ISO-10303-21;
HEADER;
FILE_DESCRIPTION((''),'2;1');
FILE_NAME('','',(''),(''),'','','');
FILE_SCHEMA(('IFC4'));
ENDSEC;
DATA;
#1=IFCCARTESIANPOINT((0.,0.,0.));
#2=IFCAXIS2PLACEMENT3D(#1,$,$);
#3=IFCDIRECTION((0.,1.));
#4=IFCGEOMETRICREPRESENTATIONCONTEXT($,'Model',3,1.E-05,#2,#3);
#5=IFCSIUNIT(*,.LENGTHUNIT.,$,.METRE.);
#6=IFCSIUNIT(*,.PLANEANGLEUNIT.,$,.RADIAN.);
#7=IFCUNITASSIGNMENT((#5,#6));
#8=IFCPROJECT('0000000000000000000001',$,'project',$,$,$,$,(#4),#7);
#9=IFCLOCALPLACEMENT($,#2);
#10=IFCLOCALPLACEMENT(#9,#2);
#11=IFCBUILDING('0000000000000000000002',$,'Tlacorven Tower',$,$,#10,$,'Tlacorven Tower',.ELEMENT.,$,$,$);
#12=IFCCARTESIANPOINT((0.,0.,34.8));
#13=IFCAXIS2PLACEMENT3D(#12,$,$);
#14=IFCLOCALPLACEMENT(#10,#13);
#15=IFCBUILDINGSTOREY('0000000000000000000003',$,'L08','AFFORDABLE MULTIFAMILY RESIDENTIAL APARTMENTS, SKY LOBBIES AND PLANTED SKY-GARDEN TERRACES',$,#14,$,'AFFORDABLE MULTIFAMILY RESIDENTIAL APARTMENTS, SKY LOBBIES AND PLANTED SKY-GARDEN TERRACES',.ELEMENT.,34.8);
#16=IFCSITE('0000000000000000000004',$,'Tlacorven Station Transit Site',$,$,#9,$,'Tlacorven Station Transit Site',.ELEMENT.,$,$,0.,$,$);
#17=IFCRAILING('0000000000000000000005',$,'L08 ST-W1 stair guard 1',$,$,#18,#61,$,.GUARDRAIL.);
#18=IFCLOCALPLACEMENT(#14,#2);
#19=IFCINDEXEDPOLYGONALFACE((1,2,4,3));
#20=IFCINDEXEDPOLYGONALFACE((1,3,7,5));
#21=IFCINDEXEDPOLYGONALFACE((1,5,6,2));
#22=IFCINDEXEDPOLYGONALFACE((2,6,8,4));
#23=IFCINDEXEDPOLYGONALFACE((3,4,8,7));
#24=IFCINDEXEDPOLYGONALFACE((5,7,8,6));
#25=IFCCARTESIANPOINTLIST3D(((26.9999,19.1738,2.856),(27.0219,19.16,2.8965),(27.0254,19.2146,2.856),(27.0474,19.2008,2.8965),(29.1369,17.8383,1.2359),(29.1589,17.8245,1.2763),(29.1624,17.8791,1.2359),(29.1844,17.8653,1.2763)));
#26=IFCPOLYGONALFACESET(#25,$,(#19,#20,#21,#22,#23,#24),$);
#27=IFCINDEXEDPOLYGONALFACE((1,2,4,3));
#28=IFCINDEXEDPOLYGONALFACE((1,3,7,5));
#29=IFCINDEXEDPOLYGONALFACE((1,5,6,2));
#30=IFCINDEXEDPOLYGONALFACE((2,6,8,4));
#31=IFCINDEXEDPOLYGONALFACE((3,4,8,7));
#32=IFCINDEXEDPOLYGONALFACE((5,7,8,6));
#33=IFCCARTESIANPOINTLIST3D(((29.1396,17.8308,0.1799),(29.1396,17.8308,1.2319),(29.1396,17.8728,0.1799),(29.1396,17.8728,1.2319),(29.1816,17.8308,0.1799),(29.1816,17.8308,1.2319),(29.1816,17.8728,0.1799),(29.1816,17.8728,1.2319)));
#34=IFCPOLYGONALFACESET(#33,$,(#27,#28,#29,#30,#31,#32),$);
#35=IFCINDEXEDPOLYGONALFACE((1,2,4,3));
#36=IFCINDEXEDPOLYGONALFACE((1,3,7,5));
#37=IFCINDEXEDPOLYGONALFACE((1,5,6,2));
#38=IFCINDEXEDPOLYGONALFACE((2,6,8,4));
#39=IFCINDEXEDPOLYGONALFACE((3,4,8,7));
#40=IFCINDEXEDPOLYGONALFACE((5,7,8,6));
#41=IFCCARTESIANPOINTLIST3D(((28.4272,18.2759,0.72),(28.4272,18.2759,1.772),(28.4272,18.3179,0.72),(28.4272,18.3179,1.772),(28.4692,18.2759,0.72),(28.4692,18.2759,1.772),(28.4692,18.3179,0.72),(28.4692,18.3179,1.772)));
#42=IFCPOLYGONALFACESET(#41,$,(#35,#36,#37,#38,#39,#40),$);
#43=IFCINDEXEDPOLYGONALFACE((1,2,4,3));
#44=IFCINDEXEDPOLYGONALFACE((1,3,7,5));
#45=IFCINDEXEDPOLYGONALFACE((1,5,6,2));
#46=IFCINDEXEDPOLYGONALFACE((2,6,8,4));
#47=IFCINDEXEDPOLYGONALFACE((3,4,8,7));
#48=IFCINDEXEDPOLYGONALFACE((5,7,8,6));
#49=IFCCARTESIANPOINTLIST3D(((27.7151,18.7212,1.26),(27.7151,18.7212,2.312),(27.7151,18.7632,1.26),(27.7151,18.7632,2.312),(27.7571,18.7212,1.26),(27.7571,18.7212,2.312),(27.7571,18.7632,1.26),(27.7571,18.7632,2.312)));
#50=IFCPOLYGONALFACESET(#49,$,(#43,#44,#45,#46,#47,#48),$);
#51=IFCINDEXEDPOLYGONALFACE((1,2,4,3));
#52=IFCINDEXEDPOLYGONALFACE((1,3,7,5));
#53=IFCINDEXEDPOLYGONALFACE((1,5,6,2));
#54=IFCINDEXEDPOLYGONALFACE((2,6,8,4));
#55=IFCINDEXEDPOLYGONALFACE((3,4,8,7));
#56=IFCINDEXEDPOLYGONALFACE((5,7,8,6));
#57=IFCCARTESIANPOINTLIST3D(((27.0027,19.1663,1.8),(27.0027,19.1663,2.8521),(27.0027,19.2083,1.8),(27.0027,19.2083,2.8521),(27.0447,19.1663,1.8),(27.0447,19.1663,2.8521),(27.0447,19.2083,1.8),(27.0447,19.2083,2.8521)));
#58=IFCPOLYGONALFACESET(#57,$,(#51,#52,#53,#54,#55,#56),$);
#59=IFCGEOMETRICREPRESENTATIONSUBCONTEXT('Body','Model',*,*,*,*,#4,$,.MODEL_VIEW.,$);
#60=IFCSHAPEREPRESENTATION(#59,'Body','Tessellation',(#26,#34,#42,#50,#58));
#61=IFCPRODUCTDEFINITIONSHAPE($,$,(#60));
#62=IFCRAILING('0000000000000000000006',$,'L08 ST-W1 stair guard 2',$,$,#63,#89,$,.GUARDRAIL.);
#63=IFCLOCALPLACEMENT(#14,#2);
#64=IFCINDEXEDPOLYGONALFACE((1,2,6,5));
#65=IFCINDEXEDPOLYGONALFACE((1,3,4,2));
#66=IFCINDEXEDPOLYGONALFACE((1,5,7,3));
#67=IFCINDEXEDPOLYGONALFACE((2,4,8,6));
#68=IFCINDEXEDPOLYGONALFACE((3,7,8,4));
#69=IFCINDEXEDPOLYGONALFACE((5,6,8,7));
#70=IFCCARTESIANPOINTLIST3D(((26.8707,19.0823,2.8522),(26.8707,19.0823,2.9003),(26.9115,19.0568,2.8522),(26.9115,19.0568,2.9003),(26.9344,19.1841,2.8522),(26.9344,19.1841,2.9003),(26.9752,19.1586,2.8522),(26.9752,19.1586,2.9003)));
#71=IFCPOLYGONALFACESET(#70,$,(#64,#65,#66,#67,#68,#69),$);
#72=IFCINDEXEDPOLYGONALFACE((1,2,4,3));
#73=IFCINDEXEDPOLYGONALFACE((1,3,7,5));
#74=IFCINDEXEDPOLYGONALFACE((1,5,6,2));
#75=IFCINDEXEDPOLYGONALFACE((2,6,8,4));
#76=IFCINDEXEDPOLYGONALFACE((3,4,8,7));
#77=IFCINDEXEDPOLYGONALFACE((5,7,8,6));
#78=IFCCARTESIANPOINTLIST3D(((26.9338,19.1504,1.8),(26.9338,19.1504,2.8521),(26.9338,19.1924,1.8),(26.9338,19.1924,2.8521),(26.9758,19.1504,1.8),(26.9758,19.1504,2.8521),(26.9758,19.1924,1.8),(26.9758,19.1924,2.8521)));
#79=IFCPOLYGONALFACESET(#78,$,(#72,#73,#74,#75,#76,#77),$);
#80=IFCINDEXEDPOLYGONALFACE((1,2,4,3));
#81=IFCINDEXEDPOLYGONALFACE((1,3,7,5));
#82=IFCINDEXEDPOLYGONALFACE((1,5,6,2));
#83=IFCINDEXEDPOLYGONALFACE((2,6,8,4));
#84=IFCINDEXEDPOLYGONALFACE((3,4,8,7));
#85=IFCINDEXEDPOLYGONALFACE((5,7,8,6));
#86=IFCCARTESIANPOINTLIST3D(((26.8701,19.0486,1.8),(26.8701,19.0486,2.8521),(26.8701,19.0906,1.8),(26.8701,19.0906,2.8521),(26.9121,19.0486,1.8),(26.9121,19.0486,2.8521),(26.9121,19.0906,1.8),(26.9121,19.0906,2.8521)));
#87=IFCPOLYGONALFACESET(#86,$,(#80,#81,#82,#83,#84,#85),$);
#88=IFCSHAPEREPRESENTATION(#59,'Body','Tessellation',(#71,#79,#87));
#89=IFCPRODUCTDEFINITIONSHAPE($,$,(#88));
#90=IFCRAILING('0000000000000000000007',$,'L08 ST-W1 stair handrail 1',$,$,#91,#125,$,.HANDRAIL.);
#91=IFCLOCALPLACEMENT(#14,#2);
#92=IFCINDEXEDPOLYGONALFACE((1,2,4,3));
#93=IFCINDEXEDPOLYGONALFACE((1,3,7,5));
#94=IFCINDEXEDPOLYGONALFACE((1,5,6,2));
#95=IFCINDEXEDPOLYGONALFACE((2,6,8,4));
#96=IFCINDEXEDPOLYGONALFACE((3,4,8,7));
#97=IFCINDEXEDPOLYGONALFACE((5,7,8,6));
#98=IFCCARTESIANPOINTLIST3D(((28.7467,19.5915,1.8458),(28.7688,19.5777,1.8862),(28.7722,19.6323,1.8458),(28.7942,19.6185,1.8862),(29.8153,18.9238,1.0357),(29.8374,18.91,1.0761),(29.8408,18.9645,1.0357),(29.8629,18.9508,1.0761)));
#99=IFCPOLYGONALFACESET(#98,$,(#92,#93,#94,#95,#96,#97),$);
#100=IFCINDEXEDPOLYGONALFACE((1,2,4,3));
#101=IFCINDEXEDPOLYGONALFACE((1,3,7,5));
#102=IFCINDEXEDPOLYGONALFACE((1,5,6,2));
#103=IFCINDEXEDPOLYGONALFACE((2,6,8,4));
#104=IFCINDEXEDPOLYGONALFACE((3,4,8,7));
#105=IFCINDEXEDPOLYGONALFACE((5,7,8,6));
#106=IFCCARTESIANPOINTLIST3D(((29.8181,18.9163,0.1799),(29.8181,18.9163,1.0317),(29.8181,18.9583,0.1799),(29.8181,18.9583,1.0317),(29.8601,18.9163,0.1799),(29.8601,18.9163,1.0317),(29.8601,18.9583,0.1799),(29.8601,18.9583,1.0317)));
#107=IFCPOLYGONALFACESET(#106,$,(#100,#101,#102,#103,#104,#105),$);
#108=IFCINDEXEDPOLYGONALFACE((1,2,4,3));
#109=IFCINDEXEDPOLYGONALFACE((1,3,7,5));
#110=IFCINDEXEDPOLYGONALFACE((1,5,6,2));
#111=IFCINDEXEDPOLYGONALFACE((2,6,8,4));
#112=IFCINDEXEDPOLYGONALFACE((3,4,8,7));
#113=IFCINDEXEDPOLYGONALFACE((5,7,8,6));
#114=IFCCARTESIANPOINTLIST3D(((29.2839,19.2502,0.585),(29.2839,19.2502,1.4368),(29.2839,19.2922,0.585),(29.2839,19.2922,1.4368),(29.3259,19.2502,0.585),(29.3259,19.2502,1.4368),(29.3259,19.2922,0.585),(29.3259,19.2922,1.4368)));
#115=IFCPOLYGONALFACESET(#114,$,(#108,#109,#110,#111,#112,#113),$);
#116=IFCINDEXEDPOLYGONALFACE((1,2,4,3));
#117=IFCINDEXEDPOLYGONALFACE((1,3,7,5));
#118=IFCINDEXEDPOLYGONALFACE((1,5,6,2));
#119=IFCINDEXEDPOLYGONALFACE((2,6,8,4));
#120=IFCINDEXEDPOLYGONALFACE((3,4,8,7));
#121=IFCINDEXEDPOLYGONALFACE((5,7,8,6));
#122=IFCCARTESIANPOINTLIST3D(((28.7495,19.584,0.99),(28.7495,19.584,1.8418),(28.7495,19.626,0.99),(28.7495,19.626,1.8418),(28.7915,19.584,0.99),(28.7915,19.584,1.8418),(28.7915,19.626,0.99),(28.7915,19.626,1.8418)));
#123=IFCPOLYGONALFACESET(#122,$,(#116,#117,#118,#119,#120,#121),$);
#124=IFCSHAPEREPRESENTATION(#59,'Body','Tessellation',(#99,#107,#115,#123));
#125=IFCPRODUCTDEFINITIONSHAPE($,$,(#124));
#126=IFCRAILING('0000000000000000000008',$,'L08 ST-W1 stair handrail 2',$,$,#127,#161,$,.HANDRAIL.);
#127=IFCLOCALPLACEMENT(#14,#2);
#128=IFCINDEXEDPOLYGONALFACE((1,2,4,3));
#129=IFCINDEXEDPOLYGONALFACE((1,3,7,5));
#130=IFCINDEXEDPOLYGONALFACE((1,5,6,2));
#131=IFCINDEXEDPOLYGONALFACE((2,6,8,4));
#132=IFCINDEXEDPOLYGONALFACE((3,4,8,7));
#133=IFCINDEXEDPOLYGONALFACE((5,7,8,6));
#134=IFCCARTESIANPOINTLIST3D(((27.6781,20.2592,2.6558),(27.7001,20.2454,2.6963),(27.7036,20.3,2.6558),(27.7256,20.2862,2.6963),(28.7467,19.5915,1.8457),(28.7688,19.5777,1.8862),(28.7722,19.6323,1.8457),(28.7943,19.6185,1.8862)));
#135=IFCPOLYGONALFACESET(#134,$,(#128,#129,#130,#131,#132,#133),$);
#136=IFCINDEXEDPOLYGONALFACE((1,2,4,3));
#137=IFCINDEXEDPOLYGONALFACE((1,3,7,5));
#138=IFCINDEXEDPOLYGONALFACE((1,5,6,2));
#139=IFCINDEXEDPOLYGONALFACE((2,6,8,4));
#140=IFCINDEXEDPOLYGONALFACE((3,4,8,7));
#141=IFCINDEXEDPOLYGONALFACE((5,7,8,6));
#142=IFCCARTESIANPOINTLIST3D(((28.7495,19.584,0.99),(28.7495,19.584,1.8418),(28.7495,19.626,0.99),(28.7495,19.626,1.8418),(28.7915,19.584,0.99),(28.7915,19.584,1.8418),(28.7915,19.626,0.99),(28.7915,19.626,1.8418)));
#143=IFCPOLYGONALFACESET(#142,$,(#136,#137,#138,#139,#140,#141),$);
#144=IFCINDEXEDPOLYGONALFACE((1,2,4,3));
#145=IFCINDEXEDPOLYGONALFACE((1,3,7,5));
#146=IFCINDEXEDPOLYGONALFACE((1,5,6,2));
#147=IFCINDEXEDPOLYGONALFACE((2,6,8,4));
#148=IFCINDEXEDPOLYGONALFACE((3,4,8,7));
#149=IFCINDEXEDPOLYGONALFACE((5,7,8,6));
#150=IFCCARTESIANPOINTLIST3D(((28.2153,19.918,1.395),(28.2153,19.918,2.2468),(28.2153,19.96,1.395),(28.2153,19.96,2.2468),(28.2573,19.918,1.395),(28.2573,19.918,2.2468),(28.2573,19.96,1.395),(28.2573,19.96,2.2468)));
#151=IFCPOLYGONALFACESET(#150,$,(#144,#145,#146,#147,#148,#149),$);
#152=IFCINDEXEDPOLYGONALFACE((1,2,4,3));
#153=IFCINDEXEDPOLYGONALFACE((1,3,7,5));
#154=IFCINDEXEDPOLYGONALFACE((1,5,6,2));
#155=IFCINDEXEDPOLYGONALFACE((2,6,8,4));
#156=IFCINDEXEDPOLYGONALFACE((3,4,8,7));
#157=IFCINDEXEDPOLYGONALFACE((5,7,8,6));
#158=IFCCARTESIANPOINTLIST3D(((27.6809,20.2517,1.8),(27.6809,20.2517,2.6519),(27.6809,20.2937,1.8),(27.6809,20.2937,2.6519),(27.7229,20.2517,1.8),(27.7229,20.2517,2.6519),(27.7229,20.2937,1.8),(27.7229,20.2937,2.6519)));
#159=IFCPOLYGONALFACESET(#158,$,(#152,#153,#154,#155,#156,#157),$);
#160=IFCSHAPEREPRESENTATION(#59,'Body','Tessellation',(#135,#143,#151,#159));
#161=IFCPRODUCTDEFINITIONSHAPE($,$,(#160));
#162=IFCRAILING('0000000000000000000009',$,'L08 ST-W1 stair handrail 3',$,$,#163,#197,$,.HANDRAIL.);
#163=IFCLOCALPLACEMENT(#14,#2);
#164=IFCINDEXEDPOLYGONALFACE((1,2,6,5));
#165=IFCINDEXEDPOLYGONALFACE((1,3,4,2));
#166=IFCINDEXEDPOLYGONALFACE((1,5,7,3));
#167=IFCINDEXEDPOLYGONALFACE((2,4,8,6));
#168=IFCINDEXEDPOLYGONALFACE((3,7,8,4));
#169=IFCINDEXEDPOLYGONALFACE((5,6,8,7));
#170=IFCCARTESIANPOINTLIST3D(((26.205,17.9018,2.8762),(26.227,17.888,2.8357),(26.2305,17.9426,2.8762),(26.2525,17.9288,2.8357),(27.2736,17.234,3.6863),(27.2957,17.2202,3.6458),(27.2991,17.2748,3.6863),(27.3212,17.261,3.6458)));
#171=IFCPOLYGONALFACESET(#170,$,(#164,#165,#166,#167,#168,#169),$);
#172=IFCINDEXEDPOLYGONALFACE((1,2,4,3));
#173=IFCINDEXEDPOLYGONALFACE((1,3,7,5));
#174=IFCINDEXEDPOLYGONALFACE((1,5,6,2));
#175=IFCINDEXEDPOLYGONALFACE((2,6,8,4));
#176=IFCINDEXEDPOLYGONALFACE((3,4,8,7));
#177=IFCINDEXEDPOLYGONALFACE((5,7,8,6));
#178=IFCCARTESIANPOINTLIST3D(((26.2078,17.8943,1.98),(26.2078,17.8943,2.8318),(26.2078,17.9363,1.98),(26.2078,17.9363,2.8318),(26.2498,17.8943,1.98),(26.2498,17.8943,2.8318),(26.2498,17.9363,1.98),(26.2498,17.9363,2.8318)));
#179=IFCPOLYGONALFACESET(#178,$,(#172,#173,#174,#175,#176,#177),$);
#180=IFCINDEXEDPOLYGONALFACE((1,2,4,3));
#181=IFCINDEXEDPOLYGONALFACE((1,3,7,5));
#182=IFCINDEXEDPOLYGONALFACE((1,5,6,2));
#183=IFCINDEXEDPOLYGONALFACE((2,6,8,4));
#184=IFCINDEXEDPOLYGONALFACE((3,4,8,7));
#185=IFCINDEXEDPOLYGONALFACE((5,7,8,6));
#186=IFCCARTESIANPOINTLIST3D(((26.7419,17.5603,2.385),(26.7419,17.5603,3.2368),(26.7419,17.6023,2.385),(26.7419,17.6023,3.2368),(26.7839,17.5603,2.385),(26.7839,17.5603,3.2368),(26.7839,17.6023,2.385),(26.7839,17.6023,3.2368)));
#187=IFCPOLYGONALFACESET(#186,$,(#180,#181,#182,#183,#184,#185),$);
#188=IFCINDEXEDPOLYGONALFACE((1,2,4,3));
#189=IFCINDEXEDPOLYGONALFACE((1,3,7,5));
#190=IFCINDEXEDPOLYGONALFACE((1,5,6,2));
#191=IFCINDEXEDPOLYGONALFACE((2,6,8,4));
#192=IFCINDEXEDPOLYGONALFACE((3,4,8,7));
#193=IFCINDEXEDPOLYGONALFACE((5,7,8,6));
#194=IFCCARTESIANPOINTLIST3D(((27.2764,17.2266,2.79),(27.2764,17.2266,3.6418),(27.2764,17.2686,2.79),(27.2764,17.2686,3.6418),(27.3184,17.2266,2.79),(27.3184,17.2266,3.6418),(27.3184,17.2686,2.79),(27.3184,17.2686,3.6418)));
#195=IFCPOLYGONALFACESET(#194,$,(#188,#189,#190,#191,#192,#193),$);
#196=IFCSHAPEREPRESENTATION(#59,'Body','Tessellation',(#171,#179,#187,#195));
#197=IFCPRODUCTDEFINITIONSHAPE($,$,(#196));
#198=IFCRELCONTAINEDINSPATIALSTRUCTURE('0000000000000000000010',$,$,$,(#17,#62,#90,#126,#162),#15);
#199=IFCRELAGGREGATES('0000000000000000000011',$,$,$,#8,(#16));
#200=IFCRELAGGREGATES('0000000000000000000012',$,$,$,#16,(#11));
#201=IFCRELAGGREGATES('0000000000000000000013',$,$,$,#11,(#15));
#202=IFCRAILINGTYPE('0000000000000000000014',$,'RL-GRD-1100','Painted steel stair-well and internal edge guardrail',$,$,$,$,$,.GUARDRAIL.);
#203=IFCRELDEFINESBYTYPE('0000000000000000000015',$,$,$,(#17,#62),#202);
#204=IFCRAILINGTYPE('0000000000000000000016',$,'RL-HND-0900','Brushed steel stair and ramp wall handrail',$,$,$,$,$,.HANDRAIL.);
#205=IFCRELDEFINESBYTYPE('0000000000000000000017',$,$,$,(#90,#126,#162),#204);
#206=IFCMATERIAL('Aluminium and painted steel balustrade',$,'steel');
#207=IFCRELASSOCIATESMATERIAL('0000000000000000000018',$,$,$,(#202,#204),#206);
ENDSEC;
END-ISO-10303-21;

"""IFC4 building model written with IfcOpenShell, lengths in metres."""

from ifc_helpers import new_model, si_unit, direction, frame, origin, origin_2d, place, context, subcontext, project, spatial, rectangle, extrude, source, transform, mapped, material, type_object, element, save


model = new_model("IFC4")

# Units and contexts
model_context = context("Model", 3, precision=1e-05, world=origin(), true_north=direction((0.0, 1.0)))
body_context = subcontext(model_context, "Body", "Model", "MODEL_VIEW")
ifc_project = project(units=[si_unit("LENGTHUNIT", "METRE"), si_unit("PLANEANGLEUNIT", "RADIAN")], contexts=[model_context])

# Site, building, storey
site_placement = place(None, origin())
site = spatial("IfcSite", under=ifc_project, at=site_placement, Name="Tlacorven Station Transit Site", LongName="Tlacorven Station Transit Site", CompositionType="ELEMENT", RefElevation=0.0)
building_placement = place(site_placement, origin())
building = spatial("IfcBuilding", under=site, at=building_placement, Name="Tlacorven Tower", LongName="Tlacorven Tower", CompositionType="ELEMENT")
storey_placement = place(building_placement, frame((0.0, 0.0, 34.8)))
storey = spatial("IfcBuildingStorey", under=building, at=storey_placement, Name="L08", Description="AFFORDABLE MULTIFAMILY RESIDENTIAL APARTMENTS, SKY LOBBIES AND PLANTED SKY-GARDEN TERRACES", LongName="AFFORDABLE MULTIFAMILY RESIDENTIAL APARTMENTS, SKY LOBBIES AND PLANTED SKY-GARDEN TERRACES", CompositionType="ELEMENT", Elevation=34.8)

# Railings
ifc_material_1 = material(Name="Aluminium and painted steel balustrade", Category="steel")
railing_type_1 = type_object("IfcRailingType", Name="RL-GRD-1100", Description="Painted steel stair-well and internal edge guardrail", PredefinedType="GUARDRAIL", material=ifc_material_1)
shared_shape_1 = source(origin(), body_context, "Body", "SweptSolid", [
    extrude(rectangle(XDim=0.0481, YDim=0.0481, at=origin_2d()), frame((0.0, 0.0, 1.0762), z_axis=(-0.71332, 0.445774, 0.540796), x_axis=(-0.529955, -0.848026, 0.0)), (0.0, 0.0, 1.0), 2.9958),
    extrude(rectangle(XDim=0.042, YDim=0.042, at=origin_2d()), origin(), (0.0, 0.0, 1.0), 1.052),
    extrude(rectangle(XDim=0.042, YDim=0.042, at=origin_2d()), frame((-0.7124, 0.4451, 0.54)), (0.0, 0.0, 1.0), 1.052),
    extrude(rectangle(XDim=0.042, YDim=0.042, at=origin_2d()), frame((-1.4246, 0.8904, 1.0801)), (0.0, 0.0, 1.0), 1.052),
    extrude(rectangle(XDim=0.042, YDim=0.042, at=origin_2d()), frame((-2.137, 1.3354, 1.6201)), (0.0, 0.0, 1.0), 1.052),
])
railing_1_placement = place(storey_placement, frame((29.1606, 17.8518, 0.1799)))
element("IfcRailing", 1, at=railing_1_placement, inside=storey, type_object=railing_type_1, Name="L08 ST-W1 stair guard 1", PredefinedType="GUARDRAIL", context=body_context, shape_type="MappedRepresentation", body=[
    mapped(shared_shape_1, transform((0.0, 0.0, 0.0), scale=1.0)),
])
shared_shape_2 = source(origin(), body_context, "Body", "SweptSolid", [
    extrude(rectangle(XDim=0.0481, YDim=0.0481, at=origin_2d()), frame((0.0, 0.0, 1.0762), z_axis=(-0.530547, -0.847656, 0.0), x_axis=(0.847656, -0.530547, 0.0)), (0.0, 0.0, 1.0), 0.1201),
    extrude(rectangle(XDim=0.042, YDim=0.042, at=origin_2d()), origin(), (0.0, 0.0, 1.0), 1.052),
    extrude(rectangle(XDim=0.042, YDim=0.042, at=origin_2d()), frame((-0.0637, -0.1018, 0.0)), (0.0, 0.0, 1.0), 1.052),
])
railing_2_placement = place(storey_placement, frame((26.9548, 19.1714, 1.8)))
element("IfcRailing", 2, at=railing_2_placement, inside=storey, type_object=railing_type_1, Name="L08 ST-W1 stair guard 2", PredefinedType="GUARDRAIL", context=body_context, shape_type="MappedRepresentation", body=[
    mapped(shared_shape_2, transform((0.0, 0.0, 0.0), scale=1.0)),
])
railing_type_2 = type_object("IfcRailingType", Name="RL-HND-0900", Description="Brushed steel stair and ramp wall handrail", PredefinedType="HANDRAIL", material=ifc_material_1)
shared_shape_3 = source(origin(), body_context, "Body", "SweptSolid", [
    extrude(rectangle(XDim=0.0481, YDim=0.0481, at=origin_2d()), frame((0.0, 0.0, 0.876), z_axis=(-0.71336, 0.445748, 0.540765), x_axis=(-0.529912, -0.848053, 0.0)), (0.0, 0.0, 1.0), 1.498),
    extrude(rectangle(XDim=0.042, YDim=0.042, at=origin_2d()), origin(), (0.0, 0.0, 1.0), 0.8518),
    extrude(rectangle(XDim=0.042, YDim=0.042, at=origin_2d()), frame((-0.5342, 0.334, 0.405)), (0.0, 0.0, 1.0), 0.8518),
    extrude(rectangle(XDim=0.042, YDim=0.042, at=origin_2d()), frame((-1.0686, 0.6677, 0.8101)), (0.0, 0.0, 1.0), 0.8518),
])
for number, where, name in (
    (3, (29.8391, 18.9373, 0.1799), "L08 ST-W1 stair handrail 1"),
    (4, (28.7705, 19.605, 0.99), "L08 ST-W1 stair handrail 2"),
):
    element("IfcRailing", number, at=place(storey_placement, frame(where)), inside=storey, type_object=railing_type_2, Name=name, PredefinedType="HANDRAIL", context=body_context, shape_type="MappedRepresentation", body=[
        mapped(shared_shape_3, transform((0.0, 0.0, 0.0), scale=1.0)),
    ])
shared_shape_4 = source(origin(), body_context, "Body", "SweptSolid", [
    extrude(rectangle(XDim=0.0481, YDim=0.0481, at=origin_2d()), frame((0.0, 0.0, 0.876), z_axis=(0.71336, -0.445748, 0.540765), x_axis=(0.529912, 0.848053, 0.0)), (0.0, 0.0, 1.0), 1.498),
    extrude(rectangle(XDim=0.042, YDim=0.042, at=origin_2d()), origin(), (0.0, 0.0, 1.0), 0.8518),
    extrude(rectangle(XDim=0.042, YDim=0.042, at=origin_2d()), frame((0.5342, -0.334, 0.405)), (0.0, 0.0, 1.0), 0.8518),
    extrude(rectangle(XDim=0.042, YDim=0.042, at=origin_2d()), frame((1.0686, -0.6677, 0.8101)), (0.0, 0.0, 1.0), 0.8518),
])
railing_3_placement = place(storey_placement, frame((26.2288, 17.9153, 1.98)))
element("IfcRailing", 5, at=railing_3_placement, inside=storey, type_object=railing_type_2, Name="L08 ST-W1 stair handrail 3", PredefinedType="HANDRAIL", context=body_context, shape_type="MappedRepresentation", body=[
    mapped(shared_shape_4, transform((0.0, 0.0, 0.0), scale=1.0)),
])

save(model, "model.ifc")
